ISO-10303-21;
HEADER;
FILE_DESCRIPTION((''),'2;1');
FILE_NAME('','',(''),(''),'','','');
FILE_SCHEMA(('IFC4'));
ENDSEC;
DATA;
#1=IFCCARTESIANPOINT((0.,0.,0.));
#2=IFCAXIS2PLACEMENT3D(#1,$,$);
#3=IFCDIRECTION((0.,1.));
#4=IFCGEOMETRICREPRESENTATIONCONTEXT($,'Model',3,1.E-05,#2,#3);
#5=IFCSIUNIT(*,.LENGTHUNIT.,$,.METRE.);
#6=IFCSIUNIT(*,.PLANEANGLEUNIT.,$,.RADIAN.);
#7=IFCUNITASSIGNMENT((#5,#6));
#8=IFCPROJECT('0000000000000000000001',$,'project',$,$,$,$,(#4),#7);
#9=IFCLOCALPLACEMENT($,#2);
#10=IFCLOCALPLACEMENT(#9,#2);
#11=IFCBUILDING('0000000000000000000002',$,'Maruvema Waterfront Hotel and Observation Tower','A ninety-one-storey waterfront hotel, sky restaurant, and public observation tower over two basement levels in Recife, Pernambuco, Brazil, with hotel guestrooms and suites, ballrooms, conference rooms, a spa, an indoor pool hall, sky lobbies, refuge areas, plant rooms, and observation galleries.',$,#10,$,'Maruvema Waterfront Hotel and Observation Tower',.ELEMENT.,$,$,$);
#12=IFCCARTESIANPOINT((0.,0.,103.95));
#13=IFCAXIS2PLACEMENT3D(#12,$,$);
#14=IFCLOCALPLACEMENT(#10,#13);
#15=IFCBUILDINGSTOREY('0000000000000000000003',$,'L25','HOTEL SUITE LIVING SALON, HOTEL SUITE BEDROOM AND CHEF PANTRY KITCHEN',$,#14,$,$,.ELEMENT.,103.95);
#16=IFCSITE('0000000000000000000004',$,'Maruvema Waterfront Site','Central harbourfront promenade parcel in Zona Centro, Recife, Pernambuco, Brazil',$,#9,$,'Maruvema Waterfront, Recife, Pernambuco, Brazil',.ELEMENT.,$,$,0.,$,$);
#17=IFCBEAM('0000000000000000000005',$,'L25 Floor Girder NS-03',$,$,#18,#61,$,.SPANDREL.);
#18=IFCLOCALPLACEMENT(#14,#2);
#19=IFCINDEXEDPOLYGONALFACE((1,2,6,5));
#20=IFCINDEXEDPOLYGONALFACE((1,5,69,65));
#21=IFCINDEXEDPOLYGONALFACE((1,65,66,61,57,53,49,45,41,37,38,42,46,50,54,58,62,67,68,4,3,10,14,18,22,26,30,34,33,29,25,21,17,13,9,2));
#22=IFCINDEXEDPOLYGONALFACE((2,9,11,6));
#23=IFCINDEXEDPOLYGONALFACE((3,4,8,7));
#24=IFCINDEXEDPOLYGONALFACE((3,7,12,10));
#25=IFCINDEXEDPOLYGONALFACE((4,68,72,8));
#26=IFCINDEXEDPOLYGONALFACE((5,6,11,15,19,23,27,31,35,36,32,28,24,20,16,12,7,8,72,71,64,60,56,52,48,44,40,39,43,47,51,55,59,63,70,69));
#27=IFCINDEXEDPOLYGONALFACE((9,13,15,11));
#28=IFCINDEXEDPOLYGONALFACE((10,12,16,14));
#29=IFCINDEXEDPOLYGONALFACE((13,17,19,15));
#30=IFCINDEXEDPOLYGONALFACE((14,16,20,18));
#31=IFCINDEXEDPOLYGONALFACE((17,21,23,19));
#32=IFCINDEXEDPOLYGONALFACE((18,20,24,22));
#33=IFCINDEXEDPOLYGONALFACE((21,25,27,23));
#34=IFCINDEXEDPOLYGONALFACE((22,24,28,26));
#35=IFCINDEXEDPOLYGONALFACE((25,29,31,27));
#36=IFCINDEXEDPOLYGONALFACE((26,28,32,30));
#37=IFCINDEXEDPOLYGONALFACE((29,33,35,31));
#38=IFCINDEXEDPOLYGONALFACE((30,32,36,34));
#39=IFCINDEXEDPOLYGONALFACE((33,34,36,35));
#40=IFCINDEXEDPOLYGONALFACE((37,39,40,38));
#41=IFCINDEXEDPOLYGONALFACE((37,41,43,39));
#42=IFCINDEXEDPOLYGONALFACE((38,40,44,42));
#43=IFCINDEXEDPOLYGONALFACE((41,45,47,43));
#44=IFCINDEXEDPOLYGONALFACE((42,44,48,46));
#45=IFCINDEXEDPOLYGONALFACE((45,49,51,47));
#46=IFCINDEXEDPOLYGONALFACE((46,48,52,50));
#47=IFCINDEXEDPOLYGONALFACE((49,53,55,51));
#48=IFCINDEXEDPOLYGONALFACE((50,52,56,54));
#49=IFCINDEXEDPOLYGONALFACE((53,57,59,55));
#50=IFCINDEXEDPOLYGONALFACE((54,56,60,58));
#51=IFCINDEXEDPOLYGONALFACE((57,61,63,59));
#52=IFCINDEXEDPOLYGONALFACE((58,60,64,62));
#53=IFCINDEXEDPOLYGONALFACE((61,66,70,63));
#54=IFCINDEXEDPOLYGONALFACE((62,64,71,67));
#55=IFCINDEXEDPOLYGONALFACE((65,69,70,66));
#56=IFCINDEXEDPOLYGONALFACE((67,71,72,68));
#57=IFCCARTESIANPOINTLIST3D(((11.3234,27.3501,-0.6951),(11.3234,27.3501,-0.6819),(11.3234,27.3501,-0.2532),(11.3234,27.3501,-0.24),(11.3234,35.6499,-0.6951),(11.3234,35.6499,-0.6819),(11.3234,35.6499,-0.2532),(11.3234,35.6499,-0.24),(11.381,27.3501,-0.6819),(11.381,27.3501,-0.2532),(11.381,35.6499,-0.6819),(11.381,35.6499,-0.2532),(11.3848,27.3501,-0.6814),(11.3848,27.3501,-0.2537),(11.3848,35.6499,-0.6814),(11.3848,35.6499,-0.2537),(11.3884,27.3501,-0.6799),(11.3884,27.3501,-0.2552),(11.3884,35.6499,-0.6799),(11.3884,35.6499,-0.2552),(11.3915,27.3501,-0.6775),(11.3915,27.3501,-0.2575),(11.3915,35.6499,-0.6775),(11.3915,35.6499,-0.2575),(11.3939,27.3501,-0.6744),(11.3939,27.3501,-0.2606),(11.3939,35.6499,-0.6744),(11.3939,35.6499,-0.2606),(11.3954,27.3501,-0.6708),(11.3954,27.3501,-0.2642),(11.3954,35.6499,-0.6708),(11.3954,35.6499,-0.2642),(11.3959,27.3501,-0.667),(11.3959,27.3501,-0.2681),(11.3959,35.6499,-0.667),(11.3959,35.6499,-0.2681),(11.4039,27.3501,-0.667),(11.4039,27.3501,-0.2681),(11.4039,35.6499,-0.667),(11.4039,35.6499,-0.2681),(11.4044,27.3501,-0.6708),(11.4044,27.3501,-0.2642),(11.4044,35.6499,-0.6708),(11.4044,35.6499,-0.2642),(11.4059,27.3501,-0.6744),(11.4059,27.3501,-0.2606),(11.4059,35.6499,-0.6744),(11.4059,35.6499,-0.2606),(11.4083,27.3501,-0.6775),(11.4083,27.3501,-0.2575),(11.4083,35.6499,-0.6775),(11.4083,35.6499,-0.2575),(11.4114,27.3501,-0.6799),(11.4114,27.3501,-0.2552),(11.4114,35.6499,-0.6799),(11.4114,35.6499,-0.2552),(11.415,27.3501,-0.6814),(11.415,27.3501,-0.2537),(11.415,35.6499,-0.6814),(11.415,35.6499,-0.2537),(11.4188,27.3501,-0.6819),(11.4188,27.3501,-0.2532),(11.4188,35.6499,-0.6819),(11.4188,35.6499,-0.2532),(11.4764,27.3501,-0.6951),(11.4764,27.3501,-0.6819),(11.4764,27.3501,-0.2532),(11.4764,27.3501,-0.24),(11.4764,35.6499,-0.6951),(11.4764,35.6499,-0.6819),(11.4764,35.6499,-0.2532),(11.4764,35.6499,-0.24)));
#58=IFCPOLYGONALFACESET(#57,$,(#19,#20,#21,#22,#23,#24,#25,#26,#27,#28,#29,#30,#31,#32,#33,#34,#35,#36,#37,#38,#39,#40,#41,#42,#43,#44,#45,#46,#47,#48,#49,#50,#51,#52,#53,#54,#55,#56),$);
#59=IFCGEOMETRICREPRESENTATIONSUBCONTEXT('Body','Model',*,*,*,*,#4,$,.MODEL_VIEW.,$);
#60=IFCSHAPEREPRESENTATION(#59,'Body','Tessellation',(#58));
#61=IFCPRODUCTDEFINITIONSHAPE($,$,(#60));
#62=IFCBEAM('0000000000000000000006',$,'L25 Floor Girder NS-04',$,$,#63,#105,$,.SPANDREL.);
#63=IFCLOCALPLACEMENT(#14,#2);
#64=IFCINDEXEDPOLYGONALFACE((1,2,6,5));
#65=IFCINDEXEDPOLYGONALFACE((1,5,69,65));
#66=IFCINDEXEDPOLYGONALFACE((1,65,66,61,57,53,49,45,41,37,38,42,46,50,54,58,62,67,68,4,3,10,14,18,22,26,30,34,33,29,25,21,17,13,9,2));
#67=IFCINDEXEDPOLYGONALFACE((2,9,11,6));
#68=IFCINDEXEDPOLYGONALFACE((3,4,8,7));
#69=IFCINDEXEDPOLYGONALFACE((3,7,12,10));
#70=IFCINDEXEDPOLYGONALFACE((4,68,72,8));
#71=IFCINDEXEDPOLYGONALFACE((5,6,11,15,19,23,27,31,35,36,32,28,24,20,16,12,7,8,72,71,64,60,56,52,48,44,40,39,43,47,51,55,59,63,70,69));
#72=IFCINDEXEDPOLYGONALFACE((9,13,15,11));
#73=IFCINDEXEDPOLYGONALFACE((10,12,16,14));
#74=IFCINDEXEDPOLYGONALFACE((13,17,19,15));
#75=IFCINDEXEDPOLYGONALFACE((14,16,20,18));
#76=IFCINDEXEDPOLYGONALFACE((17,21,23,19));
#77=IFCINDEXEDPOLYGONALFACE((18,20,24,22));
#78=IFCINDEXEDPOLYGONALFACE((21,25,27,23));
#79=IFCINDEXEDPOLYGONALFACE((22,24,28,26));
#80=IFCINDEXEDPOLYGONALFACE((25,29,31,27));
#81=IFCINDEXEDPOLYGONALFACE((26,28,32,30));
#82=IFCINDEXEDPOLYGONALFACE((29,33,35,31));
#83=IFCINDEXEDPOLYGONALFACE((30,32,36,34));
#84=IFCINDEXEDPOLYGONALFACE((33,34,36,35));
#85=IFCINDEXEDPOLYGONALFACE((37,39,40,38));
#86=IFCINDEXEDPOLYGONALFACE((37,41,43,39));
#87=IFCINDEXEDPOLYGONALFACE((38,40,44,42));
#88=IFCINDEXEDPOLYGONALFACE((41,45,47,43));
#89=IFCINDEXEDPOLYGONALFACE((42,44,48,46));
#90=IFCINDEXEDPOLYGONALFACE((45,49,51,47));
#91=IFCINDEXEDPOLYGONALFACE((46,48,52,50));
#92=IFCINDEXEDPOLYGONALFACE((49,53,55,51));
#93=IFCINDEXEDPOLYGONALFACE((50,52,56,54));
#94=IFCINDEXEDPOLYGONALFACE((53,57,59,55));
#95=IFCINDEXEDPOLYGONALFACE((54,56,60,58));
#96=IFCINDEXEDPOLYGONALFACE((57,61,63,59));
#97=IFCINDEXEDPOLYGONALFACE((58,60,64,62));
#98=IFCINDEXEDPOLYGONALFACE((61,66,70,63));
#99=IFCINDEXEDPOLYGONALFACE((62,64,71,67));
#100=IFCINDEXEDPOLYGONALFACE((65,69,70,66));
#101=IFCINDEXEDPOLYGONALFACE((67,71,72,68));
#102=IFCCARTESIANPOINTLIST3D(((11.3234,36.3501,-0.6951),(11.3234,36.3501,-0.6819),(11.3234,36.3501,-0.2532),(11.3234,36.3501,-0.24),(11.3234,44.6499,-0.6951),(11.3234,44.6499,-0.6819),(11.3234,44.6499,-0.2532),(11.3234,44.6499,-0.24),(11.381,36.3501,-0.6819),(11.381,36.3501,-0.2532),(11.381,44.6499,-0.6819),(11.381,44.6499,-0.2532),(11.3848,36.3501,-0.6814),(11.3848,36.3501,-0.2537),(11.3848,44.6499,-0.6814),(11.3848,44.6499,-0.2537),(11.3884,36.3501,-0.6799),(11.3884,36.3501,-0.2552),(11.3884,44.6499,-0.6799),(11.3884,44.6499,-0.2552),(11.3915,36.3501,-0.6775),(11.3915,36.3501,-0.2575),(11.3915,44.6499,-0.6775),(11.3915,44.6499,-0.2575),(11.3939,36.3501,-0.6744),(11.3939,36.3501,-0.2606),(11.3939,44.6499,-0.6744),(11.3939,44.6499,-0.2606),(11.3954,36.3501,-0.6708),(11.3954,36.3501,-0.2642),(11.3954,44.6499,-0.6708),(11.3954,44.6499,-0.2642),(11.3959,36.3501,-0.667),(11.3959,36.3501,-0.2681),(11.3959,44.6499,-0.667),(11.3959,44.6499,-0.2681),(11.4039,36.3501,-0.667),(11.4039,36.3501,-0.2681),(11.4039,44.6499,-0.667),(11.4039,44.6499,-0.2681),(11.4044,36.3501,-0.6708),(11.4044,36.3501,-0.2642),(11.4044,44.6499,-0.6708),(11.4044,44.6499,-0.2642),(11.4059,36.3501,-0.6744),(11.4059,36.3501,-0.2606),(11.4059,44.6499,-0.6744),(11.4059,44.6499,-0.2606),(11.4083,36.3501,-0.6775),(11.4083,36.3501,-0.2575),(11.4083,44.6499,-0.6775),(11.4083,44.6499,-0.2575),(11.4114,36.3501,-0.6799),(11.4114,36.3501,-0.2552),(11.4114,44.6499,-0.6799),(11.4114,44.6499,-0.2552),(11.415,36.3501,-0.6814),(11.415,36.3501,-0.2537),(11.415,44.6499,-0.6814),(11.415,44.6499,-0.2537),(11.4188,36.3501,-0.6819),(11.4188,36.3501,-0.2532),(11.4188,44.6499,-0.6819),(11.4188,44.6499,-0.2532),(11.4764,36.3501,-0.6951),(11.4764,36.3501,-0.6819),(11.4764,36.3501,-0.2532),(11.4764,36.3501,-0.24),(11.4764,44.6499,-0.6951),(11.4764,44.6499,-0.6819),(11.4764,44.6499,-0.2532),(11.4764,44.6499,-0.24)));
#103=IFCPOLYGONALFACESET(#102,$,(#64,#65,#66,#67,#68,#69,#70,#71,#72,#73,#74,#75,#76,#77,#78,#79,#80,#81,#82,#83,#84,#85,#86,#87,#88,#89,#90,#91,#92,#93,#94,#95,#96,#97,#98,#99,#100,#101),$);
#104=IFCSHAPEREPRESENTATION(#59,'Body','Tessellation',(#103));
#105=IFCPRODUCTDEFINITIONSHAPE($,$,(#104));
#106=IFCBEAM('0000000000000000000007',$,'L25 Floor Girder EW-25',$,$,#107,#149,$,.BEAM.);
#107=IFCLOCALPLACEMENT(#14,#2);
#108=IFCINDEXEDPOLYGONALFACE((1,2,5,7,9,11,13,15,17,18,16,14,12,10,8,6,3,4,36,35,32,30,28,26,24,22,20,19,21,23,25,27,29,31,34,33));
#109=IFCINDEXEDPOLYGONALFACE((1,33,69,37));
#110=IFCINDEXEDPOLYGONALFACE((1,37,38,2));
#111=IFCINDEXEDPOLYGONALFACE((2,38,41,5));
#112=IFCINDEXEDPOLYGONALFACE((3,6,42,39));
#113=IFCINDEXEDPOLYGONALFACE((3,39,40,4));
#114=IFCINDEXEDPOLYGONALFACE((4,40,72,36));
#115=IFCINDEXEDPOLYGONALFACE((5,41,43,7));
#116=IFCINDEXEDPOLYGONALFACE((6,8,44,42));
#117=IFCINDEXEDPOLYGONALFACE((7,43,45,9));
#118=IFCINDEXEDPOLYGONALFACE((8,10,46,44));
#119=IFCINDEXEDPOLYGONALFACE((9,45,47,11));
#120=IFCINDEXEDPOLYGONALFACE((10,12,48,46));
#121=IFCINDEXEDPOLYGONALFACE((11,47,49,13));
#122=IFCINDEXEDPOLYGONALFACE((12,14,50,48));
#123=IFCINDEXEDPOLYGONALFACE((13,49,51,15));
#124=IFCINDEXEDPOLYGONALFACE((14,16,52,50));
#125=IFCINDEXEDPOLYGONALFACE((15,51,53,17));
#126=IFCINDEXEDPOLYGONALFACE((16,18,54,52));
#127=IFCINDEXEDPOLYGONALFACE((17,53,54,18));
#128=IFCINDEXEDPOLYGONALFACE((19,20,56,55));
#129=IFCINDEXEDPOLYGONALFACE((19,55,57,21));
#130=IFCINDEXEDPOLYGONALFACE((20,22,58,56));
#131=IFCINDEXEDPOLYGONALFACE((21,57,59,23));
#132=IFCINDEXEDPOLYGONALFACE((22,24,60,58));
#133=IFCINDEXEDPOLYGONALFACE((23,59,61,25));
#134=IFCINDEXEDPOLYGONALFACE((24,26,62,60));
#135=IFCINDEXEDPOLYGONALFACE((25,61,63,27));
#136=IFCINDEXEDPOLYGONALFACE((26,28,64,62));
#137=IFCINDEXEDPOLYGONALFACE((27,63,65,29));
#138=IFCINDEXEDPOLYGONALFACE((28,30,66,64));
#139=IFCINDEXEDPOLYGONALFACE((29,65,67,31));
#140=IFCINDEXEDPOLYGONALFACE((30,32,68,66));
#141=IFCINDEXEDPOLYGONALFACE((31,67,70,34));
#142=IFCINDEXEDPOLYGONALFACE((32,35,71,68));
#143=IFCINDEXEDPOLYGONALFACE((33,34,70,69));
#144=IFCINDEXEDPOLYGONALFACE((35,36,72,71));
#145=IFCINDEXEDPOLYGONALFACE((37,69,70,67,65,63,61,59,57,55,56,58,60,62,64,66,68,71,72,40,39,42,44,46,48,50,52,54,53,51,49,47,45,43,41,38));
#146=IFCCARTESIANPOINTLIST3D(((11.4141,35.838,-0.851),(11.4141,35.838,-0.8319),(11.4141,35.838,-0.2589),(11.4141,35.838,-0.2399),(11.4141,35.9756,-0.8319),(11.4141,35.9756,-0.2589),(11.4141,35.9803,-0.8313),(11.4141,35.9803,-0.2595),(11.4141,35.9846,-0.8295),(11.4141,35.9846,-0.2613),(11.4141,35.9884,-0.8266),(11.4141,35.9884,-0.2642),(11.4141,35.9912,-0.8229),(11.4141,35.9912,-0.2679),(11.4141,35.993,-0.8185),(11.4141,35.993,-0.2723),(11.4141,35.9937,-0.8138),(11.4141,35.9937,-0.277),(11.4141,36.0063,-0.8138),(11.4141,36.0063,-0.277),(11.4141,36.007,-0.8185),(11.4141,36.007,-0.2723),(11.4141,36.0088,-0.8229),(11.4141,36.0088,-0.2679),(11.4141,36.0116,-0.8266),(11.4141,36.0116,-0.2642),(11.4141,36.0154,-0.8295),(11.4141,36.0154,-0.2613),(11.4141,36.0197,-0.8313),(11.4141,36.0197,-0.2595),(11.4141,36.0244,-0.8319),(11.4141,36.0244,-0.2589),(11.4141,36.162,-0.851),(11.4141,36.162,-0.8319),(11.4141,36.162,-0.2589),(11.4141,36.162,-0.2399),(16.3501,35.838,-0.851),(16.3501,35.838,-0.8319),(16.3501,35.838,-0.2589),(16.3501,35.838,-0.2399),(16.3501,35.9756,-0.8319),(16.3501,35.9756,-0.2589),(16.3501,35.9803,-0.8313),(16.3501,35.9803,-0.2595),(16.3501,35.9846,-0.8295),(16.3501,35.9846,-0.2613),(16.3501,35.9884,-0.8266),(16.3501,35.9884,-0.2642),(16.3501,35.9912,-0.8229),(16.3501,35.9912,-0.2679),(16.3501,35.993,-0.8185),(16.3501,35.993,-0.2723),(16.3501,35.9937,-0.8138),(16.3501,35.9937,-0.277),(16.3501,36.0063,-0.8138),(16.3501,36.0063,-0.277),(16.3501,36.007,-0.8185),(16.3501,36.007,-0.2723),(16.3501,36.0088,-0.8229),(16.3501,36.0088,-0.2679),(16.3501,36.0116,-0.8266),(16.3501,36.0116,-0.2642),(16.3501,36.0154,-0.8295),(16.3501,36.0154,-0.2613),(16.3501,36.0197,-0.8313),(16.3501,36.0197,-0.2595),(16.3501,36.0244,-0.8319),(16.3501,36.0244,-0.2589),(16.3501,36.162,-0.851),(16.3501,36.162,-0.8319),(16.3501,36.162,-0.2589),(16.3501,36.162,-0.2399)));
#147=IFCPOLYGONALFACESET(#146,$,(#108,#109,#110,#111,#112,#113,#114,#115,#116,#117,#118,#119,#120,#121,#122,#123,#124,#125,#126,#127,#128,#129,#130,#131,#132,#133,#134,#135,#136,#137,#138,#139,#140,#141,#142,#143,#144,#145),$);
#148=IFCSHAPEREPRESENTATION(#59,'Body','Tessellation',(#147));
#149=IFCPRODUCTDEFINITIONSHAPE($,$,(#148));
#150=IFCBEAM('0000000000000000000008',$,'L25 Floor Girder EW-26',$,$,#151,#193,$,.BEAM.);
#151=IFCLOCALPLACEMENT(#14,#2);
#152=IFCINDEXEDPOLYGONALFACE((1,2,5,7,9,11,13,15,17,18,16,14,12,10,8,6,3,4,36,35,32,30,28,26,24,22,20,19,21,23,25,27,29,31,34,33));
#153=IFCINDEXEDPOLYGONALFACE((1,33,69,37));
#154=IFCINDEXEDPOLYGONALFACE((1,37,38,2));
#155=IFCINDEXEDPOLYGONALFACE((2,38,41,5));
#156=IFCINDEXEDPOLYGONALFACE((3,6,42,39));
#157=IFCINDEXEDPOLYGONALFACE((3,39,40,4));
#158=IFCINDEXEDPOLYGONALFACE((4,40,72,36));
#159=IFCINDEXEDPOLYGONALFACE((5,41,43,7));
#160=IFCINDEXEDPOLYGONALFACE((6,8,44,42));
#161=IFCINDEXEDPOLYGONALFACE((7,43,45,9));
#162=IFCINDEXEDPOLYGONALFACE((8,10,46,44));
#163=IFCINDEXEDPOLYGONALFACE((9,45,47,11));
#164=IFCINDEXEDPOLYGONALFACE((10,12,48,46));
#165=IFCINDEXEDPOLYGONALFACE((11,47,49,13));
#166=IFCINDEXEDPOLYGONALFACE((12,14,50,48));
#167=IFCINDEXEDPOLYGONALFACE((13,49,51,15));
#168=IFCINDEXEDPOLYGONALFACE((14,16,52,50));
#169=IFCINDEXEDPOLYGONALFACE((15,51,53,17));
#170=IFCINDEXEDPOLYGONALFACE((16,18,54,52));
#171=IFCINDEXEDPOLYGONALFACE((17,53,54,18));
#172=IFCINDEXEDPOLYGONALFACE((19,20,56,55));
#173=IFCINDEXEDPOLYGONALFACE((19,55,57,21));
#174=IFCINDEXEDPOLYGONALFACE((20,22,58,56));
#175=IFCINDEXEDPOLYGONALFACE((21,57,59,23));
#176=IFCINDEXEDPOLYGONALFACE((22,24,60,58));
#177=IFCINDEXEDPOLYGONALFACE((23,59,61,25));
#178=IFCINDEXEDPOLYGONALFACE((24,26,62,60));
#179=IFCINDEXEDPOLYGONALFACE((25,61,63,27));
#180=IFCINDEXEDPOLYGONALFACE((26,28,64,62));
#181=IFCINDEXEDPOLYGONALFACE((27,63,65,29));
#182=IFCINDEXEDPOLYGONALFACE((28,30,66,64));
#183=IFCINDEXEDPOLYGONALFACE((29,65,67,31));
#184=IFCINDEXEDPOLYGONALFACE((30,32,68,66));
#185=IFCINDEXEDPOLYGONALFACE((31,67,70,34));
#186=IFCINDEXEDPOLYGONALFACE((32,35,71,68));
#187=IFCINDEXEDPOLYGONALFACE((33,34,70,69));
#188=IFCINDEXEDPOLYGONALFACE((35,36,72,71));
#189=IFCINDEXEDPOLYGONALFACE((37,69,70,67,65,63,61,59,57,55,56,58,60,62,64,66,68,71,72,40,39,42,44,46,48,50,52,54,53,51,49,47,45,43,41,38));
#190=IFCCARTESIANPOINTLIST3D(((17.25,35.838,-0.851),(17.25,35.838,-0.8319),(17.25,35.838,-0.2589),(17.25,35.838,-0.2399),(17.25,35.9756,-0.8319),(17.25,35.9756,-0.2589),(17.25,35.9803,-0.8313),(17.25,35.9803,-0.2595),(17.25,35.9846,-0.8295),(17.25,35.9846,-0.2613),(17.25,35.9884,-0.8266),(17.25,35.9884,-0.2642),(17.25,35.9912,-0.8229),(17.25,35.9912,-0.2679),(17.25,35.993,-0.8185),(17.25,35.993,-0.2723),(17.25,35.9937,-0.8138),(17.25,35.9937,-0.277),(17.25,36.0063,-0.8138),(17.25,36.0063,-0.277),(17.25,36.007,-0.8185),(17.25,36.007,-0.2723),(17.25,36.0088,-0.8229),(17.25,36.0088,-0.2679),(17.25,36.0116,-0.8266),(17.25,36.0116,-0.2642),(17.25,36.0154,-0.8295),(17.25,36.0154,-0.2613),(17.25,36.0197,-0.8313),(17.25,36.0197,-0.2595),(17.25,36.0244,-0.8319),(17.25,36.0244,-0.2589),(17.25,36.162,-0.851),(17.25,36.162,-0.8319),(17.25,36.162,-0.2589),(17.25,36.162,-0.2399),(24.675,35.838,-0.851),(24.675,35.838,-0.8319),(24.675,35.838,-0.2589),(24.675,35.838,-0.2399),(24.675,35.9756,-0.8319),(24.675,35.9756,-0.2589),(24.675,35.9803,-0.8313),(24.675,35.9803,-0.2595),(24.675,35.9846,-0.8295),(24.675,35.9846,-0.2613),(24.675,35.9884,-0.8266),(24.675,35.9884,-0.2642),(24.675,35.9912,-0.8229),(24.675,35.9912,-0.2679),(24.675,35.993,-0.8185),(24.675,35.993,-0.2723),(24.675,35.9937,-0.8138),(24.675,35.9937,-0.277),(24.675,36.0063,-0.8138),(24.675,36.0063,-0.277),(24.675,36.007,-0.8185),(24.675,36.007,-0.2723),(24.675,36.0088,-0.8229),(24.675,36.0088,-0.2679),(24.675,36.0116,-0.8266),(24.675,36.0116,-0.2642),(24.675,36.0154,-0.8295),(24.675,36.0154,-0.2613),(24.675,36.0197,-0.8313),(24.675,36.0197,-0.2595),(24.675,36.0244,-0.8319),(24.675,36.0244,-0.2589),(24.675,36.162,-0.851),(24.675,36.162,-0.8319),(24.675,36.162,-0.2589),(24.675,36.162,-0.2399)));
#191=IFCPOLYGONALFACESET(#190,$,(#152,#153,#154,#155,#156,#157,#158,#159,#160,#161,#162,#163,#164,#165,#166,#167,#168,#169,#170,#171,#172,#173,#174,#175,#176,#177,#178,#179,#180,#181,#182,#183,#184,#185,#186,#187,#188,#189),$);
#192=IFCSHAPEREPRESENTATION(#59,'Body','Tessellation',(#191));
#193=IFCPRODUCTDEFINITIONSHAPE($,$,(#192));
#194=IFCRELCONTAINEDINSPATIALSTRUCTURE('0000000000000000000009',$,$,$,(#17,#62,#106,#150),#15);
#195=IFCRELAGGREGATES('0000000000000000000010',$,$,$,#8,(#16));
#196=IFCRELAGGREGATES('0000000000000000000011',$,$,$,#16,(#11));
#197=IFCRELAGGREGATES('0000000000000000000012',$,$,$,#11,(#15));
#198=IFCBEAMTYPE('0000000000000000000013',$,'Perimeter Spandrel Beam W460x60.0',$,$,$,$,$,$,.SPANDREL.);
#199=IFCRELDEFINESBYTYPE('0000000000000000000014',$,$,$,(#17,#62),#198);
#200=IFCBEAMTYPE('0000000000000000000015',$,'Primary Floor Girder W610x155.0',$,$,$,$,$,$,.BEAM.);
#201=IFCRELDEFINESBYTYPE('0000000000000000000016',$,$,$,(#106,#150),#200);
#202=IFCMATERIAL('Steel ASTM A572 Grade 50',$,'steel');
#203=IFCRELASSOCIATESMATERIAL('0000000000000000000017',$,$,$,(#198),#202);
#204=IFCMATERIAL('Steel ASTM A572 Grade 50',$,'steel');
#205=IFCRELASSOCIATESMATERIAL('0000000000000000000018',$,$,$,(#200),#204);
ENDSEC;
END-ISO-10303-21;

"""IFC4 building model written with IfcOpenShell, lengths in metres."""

from ifc_helpers import new_model, si_unit, direction, frame, origin, origin_2d, place, context, subcontext, project, spatial, i_section, extrude, material, material_profile, profile_set, type_object, element, save


model = new_model("IFC4")

# Units and contexts
model_context = context("Model", 3, precision=1e-05, world=origin(), true_north=direction((0.0, 1.0)))
body_context = subcontext(model_context, "Body", "Model", "MODEL_VIEW")
ifc_project = project(units=[si_unit("LENGTHUNIT", "METRE"), si_unit("PLANEANGLEUNIT", "RADIAN")], contexts=[model_context])

# Site, building, storey
site_placement = place(None, origin())
site = spatial("IfcSite", under=ifc_project, at=site_placement, Name="Maruvema Waterfront Site", Description="Central harbourfront promenade parcel in Zona Centro, Recife, Pernambuco, Brazil", LongName="Maruvema Waterfront, Recife, Pernambuco, Brazil", CompositionType="ELEMENT", RefElevation=0.0)
building_placement = place(site_placement, origin())
building = spatial("IfcBuilding", under=site, at=building_placement, Name="Maruvema Waterfront Hotel and Observation Tower", Description="A ninety-one-storey waterfront hotel, sky restaurant, and public observation tower over two basement levels in Recife, Pernambuco, Brazil, with hotel guestrooms and suites, ballrooms, conference rooms, a spa, an indoor pool hall, sky lobbies, refuge areas, plant rooms, and observation galleries.", LongName="Maruvema Waterfront Hotel and Observation Tower", CompositionType="ELEMENT")
storey_placement = place(building_placement, frame((0.0, 0.0, 103.95)))
storey = spatial("IfcBuildingStorey", under=building, at=storey_placement, Name="L25", Description="HOTEL SUITE LIVING SALON, HOTEL SUITE BEDROOM AND CHEF PANTRY KITCHEN", CompositionType="ELEMENT", Elevation=103.95)

# Beams
ifc_material_1 = material(Name="Steel ASTM A572 Grade 50", Category="steel")
ifc_material_profile_1 = material_profile(ifc_material_1, i_section(OverallWidth=0.1531, OverallDepth=0.4551, WebThickness=0.0081, FlangeThickness=0.0132, FilletRadius=0.0149, at=origin_2d()), Name="W460x60.0")
ifc_profile_set_1 = profile_set([ifc_material_profile_1], Name="Steel ASTM A572 Grade 50")
beam_type_1 = type_object("IfcBeamType", Name="Perimeter Spandrel Beam W460x60.0", PredefinedType="SPANDREL", material=ifc_profile_set_1)
for number, where, z_axis, x_axis, name in (
    (1, (11.3999, 27.3501, -0.4675), (0.0, 1.0, 0.0), (-1.0, 0.0, 0.0), "L25 Floor Girder NS-03"),
    (2, (11.3999, 36.3501, -0.4675), (0.0, 1.0, 0.0), (-1.0, 0.0, 0.0), "L25 Floor Girder NS-04"),
):
    element("IfcBeam", number, at=place(storey_placement, frame(where, z_axis=z_axis, x_axis=x_axis)), inside=storey, type_object=beam_type_1, Name=name, PredefinedType="SPANDREL", context=body_context, shape_type="SweptSolid", body=[
        extrude(i_section(OverallWidth=0.1531, OverallDepth=0.4551, WebThickness=0.0081, FlangeThickness=0.0132, FilletRadius=0.0149, at=origin_2d()), origin(), (0.0, 0.0, 1.0), 8.2998),
    ])
ifc_material_2 = material(Name="Steel ASTM A572 Grade 50", Category="steel")
ifc_material_profile_2 = material_profile(ifc_material_2, i_section(OverallWidth=0.324, OverallDepth=0.6111, WebThickness=0.0127, FlangeThickness=0.019, FilletRadius=0.0181, at=origin_2d()), Name="W610x155.0")
ifc_profile_set_2 = profile_set([ifc_material_profile_2], Name="Steel ASTM A572 Grade 50")
beam_type_2 = type_object("IfcBeamType", Name="Primary Floor Girder W610x155.0", PredefinedType="BEAM", material=ifc_profile_set_2)
beam_1_placement = place(storey_placement, frame((11.4141, 36.0, -0.5454), z_axis=(1.0, 0.0, 0.0), x_axis=(0.0, 1.0, 0.0)))
element("IfcBeam", 3, at=beam_1_placement, inside=storey, type_object=beam_type_2, Name="L25 Floor Girder EW-25", PredefinedType="BEAM", context=body_context, shape_type="SweptSolid", body=[
    extrude(i_section(OverallWidth=0.324, OverallDepth=0.6111, WebThickness=0.0127, FlangeThickness=0.019, FilletRadius=0.0181, at=origin_2d()), origin(), (0.0, 0.0, 1.0), 4.936),
])
beam_2_placement = place(storey_placement, frame((17.25, 36.0, -0.5454), z_axis=(1.0, 0.0, 0.0), x_axis=(0.0, 1.0, 0.0)))
element("IfcBeam", 4, at=beam_2_placement, inside=storey, type_object=beam_type_2, Name="L25 Floor Girder EW-26", PredefinedType="BEAM", context=body_context, shape_type="SweptSolid", body=[
    extrude(i_section(OverallWidth=0.324, OverallDepth=0.6111, WebThickness=0.0127, FlangeThickness=0.019, FilletRadius=0.0181, at=origin_2d()), origin(), (0.0, 0.0, 1.0), 7.425),
])

save(model, "model.ifc")
